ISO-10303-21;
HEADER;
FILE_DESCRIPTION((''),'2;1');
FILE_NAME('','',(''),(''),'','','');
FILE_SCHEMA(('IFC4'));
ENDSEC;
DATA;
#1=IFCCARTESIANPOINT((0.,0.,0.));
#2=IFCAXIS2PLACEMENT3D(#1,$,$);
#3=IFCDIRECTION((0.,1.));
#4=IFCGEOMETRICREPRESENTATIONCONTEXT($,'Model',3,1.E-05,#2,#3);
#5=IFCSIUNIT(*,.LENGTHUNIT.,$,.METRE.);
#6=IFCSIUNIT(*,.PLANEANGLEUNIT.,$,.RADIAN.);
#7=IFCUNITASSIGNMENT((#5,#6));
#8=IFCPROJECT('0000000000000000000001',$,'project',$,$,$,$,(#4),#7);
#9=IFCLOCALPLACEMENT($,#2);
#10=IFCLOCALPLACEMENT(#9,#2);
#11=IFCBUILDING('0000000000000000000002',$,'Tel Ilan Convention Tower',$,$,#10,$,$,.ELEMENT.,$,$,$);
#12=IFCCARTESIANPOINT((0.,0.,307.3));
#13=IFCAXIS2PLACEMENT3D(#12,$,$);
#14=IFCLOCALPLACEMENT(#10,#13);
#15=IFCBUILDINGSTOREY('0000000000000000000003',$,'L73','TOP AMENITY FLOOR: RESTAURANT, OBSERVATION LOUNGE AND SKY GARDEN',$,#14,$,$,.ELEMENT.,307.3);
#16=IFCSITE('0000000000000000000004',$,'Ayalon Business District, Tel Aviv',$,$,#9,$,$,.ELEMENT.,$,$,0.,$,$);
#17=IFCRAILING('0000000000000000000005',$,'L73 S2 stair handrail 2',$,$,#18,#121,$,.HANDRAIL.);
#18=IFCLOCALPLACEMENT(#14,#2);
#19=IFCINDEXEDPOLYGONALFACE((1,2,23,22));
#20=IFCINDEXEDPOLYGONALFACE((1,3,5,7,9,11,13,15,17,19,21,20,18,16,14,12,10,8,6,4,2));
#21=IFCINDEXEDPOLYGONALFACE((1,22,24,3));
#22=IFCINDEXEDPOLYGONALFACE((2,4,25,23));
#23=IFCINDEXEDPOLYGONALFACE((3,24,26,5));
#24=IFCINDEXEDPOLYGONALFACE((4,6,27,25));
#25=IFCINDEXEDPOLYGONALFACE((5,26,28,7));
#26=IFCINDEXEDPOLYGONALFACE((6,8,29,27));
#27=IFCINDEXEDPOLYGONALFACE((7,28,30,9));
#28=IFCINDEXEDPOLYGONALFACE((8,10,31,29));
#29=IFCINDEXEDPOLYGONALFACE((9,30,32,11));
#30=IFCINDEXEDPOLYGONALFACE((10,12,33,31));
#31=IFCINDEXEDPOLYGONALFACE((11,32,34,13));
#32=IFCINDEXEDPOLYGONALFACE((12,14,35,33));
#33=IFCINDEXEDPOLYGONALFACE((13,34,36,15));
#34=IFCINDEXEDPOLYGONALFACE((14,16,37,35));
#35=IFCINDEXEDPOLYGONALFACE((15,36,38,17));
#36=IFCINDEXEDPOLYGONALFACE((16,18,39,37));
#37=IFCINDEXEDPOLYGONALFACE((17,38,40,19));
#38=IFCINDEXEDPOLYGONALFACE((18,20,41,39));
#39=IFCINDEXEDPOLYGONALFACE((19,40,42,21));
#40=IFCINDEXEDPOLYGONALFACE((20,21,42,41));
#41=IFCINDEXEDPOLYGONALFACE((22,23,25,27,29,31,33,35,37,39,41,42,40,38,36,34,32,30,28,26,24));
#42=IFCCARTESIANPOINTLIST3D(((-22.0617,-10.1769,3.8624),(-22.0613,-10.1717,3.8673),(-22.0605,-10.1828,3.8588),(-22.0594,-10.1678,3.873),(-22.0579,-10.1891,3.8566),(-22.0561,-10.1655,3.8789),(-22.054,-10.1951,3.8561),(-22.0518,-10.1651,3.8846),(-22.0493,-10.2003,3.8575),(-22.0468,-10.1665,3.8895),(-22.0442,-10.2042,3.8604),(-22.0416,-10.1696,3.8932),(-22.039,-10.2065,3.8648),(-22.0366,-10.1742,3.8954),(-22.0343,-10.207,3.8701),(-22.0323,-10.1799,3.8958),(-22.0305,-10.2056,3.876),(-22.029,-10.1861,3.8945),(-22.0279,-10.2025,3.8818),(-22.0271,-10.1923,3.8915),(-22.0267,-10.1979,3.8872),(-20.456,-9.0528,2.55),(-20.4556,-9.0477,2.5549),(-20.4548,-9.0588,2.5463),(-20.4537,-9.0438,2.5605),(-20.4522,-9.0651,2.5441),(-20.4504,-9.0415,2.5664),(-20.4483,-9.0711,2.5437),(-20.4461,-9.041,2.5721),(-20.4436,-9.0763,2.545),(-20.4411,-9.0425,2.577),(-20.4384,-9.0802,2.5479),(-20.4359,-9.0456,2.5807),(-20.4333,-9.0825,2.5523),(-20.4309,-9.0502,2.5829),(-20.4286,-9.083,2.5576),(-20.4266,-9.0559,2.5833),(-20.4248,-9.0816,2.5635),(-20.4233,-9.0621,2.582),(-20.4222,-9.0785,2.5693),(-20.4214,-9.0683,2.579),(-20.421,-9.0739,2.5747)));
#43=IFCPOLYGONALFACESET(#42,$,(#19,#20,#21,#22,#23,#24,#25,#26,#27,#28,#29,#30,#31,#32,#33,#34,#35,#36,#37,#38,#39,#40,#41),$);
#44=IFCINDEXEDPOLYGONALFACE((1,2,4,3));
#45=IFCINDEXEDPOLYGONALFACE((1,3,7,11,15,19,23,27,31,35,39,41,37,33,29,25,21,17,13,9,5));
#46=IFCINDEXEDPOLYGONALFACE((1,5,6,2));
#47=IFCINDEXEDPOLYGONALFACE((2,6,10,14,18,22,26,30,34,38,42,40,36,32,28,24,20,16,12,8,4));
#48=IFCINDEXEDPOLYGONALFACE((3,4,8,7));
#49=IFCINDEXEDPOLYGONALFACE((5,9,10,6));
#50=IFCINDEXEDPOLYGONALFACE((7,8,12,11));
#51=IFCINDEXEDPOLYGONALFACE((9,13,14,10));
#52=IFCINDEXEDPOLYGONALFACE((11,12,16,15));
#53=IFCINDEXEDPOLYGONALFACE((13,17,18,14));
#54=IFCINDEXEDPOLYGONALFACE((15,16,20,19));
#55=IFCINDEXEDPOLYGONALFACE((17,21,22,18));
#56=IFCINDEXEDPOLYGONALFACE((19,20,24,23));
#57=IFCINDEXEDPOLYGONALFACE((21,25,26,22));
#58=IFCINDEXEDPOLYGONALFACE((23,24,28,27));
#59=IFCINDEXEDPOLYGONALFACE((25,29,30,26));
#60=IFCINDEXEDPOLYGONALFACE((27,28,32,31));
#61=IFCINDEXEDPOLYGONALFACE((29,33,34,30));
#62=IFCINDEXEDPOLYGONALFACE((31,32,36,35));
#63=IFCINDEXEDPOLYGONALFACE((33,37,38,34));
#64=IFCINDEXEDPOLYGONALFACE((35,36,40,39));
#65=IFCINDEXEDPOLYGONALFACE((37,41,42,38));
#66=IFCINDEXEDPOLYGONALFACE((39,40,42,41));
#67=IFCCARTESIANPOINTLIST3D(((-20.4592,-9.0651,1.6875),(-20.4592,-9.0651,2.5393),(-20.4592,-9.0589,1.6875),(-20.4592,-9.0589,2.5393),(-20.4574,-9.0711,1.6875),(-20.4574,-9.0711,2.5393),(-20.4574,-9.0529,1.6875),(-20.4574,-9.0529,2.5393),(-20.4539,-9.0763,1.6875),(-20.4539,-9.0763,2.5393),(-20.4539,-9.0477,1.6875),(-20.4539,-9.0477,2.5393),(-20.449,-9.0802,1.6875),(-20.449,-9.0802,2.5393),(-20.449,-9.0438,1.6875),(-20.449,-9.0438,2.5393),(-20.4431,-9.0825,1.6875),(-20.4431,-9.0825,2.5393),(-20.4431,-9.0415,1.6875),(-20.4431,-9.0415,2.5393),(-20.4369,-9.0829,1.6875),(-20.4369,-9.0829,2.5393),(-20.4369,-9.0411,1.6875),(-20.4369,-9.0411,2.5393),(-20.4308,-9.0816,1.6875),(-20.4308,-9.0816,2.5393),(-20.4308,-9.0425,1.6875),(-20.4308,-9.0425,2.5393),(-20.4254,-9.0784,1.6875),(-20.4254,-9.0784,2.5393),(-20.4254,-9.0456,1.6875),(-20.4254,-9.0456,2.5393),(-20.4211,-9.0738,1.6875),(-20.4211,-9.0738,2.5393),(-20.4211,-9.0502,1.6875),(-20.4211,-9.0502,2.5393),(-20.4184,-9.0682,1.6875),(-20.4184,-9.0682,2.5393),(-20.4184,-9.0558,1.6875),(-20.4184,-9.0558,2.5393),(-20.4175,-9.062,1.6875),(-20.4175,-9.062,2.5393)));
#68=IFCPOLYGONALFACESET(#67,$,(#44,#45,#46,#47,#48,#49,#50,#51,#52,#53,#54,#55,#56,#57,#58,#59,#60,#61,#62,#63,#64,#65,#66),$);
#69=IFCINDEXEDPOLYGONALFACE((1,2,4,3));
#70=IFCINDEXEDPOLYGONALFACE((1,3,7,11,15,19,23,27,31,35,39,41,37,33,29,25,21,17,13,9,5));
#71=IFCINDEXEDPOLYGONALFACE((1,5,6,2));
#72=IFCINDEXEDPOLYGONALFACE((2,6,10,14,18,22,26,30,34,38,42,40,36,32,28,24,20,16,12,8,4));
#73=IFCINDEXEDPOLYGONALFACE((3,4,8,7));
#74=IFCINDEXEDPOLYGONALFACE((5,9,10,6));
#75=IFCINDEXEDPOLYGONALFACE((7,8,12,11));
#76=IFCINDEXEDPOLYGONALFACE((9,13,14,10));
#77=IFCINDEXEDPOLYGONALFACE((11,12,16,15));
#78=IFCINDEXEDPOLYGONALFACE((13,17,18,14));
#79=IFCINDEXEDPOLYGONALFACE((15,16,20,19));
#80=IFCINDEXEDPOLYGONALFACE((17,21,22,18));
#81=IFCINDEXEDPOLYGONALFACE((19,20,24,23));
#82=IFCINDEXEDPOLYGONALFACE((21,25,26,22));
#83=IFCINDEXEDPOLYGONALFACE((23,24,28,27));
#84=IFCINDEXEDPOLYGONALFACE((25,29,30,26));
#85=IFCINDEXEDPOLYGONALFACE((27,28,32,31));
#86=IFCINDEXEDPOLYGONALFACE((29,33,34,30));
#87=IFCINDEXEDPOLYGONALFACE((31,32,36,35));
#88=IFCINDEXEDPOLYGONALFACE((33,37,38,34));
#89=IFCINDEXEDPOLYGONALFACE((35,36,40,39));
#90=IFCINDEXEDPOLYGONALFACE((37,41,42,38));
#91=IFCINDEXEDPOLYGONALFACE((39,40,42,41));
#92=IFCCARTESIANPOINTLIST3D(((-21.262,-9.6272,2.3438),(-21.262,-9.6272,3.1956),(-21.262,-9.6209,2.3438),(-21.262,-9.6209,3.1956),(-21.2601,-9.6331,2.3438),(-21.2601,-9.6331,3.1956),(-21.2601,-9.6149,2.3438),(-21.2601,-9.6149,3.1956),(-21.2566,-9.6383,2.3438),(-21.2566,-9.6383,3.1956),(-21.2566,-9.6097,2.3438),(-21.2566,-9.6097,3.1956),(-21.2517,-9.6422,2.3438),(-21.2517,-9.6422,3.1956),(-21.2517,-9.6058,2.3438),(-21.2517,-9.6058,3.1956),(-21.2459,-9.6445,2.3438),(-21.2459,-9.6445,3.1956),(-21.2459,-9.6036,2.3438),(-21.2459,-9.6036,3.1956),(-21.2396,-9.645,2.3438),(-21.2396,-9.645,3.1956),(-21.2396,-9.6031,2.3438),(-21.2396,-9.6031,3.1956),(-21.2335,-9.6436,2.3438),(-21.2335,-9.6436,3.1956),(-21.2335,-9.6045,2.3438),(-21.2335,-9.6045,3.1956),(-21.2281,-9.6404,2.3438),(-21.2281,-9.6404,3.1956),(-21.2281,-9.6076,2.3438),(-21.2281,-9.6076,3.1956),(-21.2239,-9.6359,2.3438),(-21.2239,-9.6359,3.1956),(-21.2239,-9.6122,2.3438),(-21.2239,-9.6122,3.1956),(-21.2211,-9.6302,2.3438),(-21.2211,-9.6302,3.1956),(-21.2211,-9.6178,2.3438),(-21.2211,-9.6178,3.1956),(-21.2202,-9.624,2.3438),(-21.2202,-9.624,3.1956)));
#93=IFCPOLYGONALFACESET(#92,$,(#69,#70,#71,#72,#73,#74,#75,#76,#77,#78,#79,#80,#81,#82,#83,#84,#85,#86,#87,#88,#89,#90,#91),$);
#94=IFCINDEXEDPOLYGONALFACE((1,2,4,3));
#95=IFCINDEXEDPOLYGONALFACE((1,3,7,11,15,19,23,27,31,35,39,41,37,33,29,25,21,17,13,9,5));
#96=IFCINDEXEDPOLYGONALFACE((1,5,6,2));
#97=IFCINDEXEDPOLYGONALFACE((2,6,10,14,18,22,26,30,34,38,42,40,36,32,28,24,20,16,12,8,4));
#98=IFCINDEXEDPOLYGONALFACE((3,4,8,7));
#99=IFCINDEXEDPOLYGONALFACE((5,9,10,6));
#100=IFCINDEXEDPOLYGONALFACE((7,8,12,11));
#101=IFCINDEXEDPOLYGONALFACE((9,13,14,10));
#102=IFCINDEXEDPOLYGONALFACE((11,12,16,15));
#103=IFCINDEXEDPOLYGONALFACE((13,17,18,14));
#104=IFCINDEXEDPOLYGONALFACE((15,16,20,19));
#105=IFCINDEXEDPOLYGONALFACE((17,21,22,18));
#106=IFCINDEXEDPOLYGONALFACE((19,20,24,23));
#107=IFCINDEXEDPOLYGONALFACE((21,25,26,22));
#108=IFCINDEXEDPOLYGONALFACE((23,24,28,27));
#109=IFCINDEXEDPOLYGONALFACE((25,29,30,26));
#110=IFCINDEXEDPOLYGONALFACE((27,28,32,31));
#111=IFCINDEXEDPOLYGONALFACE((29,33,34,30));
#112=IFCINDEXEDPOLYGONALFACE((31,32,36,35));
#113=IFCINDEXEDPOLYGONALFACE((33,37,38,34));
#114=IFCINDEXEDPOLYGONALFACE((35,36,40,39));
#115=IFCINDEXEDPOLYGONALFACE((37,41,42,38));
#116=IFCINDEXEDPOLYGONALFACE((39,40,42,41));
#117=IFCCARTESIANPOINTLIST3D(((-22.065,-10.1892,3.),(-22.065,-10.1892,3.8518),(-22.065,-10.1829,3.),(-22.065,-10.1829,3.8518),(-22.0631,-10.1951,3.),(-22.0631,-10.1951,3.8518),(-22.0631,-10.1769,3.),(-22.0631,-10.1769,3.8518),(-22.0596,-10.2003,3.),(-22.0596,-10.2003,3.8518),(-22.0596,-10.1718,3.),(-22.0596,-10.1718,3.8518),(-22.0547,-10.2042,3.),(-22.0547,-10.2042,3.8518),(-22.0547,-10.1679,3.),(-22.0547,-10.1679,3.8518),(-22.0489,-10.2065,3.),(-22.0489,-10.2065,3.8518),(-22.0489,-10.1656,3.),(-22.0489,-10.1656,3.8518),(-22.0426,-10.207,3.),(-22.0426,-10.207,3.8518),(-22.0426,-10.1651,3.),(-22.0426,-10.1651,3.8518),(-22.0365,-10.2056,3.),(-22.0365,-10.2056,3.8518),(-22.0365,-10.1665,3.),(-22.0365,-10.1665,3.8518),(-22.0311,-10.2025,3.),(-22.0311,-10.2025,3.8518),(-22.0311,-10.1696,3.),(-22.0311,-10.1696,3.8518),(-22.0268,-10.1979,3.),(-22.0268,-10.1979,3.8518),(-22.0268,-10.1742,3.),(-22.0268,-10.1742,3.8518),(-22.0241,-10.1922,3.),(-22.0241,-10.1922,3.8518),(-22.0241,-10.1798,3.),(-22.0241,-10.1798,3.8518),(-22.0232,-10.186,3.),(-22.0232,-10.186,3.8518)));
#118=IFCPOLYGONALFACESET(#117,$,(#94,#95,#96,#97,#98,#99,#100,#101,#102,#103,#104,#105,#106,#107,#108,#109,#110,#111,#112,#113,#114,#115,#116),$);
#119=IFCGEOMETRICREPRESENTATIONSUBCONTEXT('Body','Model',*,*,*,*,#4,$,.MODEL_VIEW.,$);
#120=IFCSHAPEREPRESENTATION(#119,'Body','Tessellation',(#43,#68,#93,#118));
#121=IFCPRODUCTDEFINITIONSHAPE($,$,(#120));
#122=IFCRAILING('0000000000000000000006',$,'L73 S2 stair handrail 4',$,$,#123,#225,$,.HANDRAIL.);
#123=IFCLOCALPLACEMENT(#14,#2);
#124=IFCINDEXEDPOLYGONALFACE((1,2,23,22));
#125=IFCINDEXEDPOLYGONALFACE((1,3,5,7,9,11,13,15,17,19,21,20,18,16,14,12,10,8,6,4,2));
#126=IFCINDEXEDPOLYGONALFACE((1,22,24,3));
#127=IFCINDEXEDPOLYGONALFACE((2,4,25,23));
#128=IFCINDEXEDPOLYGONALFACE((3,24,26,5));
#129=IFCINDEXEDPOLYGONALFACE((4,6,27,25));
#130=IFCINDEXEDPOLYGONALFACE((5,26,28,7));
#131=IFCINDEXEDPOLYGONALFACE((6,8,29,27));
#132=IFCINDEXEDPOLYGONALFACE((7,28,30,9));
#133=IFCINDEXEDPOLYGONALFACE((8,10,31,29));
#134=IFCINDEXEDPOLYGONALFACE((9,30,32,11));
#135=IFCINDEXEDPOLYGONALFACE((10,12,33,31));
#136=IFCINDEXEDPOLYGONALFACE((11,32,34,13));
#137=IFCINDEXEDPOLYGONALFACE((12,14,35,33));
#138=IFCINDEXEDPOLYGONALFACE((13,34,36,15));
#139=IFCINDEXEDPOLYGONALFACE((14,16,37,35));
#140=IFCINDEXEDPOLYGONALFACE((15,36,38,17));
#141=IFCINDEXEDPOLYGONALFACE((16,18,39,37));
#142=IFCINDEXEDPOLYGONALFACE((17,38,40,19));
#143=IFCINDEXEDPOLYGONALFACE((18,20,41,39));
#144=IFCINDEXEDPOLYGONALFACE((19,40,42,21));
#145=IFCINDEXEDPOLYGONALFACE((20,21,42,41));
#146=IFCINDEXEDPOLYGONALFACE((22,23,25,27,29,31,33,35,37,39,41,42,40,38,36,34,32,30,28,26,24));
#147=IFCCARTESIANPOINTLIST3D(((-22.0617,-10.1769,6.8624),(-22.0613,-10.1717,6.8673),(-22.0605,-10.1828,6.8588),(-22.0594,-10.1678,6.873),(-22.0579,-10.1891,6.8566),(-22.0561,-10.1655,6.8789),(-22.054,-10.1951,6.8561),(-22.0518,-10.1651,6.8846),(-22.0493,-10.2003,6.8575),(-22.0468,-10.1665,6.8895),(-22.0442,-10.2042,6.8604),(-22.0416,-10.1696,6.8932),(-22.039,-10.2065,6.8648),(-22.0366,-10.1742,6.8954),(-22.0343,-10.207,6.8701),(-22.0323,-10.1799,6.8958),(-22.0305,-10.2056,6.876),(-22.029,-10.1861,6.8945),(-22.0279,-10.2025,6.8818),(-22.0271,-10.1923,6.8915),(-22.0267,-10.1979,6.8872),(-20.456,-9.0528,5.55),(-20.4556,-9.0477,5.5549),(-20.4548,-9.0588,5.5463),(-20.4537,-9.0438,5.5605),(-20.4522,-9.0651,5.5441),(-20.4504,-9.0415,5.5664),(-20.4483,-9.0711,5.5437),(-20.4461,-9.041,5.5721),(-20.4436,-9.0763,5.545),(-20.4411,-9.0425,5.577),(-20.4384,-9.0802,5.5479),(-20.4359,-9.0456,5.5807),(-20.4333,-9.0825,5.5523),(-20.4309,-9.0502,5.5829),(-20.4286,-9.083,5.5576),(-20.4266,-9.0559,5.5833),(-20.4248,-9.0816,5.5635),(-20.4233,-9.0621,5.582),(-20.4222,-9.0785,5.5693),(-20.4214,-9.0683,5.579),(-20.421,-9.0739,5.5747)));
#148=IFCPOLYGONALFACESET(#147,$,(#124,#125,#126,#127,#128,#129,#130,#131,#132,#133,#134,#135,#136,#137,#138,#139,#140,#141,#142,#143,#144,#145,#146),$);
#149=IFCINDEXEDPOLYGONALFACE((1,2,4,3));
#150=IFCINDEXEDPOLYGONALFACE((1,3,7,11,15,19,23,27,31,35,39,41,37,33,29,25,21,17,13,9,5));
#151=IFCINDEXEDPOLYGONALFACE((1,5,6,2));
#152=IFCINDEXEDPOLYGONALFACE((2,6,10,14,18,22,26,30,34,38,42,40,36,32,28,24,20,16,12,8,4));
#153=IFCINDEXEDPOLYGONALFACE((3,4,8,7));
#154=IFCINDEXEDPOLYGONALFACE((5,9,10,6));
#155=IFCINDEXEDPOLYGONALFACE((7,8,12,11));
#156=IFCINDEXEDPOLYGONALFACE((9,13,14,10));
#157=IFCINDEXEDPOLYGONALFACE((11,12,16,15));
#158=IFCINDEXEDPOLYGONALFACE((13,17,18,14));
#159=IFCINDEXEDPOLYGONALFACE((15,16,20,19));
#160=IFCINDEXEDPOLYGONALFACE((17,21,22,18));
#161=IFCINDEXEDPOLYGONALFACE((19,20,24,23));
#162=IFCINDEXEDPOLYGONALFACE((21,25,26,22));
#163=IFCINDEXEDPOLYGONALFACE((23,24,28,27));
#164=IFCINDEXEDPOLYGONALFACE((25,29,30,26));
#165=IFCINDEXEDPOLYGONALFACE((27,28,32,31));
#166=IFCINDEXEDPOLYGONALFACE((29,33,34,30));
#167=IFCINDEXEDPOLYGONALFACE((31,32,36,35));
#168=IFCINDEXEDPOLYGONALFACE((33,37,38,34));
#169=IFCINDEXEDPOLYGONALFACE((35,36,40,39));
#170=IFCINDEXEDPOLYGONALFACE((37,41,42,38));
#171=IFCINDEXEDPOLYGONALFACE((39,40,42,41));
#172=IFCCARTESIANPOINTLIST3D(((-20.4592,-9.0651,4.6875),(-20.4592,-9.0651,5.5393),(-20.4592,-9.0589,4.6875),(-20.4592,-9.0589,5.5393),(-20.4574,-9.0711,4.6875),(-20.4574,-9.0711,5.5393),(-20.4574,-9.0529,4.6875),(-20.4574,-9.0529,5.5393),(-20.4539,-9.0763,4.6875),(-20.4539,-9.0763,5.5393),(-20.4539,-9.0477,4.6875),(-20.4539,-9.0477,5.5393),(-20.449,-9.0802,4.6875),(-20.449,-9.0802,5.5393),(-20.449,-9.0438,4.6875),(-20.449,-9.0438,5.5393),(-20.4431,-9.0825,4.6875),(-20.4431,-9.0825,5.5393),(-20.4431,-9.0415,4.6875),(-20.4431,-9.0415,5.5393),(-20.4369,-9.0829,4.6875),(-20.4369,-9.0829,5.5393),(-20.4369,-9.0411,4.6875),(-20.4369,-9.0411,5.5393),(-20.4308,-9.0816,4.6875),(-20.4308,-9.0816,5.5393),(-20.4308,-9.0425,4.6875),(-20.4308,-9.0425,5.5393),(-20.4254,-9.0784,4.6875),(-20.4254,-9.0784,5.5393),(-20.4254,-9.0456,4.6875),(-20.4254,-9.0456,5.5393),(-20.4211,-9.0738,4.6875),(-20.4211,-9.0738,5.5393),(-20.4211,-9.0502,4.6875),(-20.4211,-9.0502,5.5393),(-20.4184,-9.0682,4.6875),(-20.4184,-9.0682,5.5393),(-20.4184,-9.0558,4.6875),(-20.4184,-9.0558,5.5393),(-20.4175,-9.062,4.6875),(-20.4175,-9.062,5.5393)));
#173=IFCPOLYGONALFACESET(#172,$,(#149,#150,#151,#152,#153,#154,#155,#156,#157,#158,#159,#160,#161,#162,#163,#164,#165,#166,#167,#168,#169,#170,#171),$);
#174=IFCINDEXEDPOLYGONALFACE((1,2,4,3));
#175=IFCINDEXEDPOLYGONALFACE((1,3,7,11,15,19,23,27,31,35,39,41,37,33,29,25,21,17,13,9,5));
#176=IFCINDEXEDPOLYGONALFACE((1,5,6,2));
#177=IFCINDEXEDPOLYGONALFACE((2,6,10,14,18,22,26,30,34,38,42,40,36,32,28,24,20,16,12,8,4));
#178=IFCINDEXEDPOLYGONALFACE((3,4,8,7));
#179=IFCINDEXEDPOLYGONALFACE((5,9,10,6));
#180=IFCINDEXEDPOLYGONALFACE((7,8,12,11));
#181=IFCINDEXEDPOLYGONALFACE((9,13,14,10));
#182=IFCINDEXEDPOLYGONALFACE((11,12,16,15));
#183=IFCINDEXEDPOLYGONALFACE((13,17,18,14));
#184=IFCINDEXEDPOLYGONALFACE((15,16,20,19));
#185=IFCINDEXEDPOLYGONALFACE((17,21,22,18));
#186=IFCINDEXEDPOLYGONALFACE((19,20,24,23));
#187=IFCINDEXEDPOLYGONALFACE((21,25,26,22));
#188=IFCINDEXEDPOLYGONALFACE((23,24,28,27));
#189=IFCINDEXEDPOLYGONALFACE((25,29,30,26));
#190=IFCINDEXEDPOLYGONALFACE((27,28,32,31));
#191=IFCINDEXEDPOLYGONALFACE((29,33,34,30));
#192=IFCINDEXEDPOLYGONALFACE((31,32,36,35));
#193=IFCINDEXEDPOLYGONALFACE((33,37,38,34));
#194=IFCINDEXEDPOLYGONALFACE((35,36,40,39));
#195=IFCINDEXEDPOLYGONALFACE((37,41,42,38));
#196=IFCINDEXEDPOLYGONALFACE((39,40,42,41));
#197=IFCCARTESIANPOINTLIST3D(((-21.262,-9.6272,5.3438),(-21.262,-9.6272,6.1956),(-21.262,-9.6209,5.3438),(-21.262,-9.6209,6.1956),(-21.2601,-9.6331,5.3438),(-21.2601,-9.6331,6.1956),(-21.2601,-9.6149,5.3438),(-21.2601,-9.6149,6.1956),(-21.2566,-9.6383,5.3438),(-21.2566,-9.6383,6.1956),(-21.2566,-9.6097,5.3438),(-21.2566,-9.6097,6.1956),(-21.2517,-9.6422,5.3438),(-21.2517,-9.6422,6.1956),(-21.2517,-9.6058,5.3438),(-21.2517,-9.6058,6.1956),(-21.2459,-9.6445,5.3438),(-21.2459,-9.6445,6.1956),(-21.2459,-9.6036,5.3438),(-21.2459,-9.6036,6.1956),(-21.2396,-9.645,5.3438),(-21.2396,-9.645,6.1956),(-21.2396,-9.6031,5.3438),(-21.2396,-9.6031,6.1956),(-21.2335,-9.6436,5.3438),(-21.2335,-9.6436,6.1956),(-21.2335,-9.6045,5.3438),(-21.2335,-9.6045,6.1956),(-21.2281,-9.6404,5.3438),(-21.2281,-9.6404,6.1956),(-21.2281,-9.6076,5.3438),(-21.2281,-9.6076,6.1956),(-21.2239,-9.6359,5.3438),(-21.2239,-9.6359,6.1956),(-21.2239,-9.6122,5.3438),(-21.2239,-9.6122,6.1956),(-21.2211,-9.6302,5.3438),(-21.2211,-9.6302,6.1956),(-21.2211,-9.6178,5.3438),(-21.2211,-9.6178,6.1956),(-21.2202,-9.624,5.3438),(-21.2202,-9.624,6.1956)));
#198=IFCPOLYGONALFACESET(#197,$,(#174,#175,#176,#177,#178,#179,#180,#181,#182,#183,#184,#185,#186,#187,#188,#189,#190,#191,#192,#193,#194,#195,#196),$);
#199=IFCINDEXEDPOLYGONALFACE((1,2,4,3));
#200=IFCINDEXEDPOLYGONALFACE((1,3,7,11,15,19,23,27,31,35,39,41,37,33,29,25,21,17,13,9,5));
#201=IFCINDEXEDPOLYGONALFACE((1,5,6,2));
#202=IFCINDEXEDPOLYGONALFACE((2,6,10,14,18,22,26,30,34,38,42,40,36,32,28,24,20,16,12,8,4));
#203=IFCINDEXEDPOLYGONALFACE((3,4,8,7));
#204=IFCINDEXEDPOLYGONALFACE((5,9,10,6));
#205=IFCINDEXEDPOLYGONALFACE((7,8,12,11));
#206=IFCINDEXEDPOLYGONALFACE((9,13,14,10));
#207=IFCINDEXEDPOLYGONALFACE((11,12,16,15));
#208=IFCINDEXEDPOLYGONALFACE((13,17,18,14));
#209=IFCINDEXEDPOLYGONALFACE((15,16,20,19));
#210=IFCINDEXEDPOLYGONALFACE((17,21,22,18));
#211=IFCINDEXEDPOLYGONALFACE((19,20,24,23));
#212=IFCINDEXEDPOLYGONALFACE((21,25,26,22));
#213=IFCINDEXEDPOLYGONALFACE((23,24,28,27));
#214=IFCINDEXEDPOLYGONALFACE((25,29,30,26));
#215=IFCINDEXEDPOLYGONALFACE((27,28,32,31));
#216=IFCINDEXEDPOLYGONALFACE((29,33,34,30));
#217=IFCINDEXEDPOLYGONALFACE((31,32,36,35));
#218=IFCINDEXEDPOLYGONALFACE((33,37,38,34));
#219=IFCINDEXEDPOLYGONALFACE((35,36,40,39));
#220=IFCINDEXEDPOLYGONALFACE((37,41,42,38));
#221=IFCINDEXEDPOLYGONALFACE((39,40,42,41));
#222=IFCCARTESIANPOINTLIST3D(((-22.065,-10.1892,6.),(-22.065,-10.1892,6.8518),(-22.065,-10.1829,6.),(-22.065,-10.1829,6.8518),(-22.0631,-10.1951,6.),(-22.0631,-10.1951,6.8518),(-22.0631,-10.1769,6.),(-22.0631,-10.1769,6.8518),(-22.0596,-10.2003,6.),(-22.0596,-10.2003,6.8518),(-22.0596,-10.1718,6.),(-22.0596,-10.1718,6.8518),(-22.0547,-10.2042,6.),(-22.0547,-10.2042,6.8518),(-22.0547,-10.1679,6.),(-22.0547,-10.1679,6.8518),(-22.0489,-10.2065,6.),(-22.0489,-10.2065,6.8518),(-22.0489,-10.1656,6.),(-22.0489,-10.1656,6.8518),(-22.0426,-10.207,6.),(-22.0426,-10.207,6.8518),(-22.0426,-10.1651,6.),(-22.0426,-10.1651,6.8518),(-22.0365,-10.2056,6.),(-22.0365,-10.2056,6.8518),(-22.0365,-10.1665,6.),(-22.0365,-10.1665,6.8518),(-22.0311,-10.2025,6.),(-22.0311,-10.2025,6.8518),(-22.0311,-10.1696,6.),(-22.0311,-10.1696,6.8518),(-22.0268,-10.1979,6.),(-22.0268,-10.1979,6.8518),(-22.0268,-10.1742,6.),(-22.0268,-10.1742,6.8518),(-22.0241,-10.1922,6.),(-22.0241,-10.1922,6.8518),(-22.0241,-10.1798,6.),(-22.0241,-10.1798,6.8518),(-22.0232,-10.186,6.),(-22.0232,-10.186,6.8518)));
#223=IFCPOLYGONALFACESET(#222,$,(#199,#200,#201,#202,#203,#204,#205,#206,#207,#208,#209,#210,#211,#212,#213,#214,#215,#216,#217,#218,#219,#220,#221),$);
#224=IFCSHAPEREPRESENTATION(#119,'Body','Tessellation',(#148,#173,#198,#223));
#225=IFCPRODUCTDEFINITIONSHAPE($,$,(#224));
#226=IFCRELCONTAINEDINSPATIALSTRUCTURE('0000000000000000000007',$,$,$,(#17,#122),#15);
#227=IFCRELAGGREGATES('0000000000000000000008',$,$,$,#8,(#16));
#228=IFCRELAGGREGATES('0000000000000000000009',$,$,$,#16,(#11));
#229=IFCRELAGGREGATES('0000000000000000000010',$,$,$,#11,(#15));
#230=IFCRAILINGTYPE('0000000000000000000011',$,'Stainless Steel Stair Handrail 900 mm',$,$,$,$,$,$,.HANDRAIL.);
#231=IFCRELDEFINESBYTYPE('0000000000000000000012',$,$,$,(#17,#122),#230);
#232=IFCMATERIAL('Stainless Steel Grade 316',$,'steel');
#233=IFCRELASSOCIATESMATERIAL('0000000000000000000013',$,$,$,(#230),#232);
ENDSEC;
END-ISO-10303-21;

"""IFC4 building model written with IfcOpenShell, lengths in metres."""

from ifc_helpers import new_model, si_unit, direction, frame, origin, origin_2d, place, context, subcontext, project, spatial, circle, extrude, material, type_object, element, save


model = new_model("IFC4")

# Units and contexts
model_context = context("Model", 3, precision=1e-05, world=origin(), true_north=direction((0.0, 1.0)))
body_context = subcontext(model_context, "Body", "Model", "MODEL_VIEW")
ifc_project = project(units=[si_unit("LENGTHUNIT", "METRE"), si_unit("PLANEANGLEUNIT", "RADIAN")], contexts=[model_context])

# Site, building, storey
site_placement = place(None, origin())
site = spatial("IfcSite", under=ifc_project, at=site_placement, Name="Ayalon Business District, Tel Aviv", CompositionType="ELEMENT", RefElevation=0.0)
building_placement = place(site_placement, origin())
building = spatial("IfcBuilding", under=site, at=building_placement, Name="Tel Ilan Convention Tower", CompositionType="ELEMENT")
storey_placement = place(building_placement, frame((0.0, 0.0, 307.3)))
storey = spatial("IfcBuildingStorey", under=building, at=storey_placement, Name="L73", Description="TOP AMENITY FLOOR: RESTAURANT, OBSERVATION LOUNGE AND SKY GARDEN", CompositionType="ELEMENT", Elevation=307.3)

# Railings
ifc_material_1 = material(Name="Stainless Steel Grade 316", Category="steel")
railing_type_1 = type_object("IfcRailingType", Name="Stainless Steel Stair Handrail 900 mm", PredefinedType="HANDRAIL", material=ifc_material_1)
for number, where, name in (
    (1, (-20.4385, -9.062, 1.6875), "L73 S2 stair handrail 2"),
    (2, (-20.4385, -9.062, 4.6875), "L73 S2 stair handrail 4"),
):
    element("IfcRailing", number, at=place(storey_placement, frame(where)), inside=storey, type_object=railing_type_1, Name=name, PredefinedType="HANDRAIL", context=body_context, shape_type="SweptSolid", body=[
        extrude(circle(Radius=0.0239, at=origin_2d()), frame((0.0, 0.0, 0.876), z_axis=(-0.680705, -0.476504, 0.556404), x_axis=(0.573471, -0.819226, 0.0)), (0.0, 0.0, 1.0), 2.3589),
        extrude(circle(Radius=0.021, at=origin_2d()), origin(), (0.0, 0.0, 1.0), 0.8518),
        extrude(circle(Radius=0.021, at=origin_2d()), frame((-0.8027, -0.562, 0.6562)), (0.0, 0.0, 1.0), 0.8518),
        extrude(circle(Radius=0.021, at=origin_2d()), frame((-1.6057, -1.124, 1.3125)), (0.0, 0.0, 1.0), 0.8518),
    ])

save(model, "model.ifc")
